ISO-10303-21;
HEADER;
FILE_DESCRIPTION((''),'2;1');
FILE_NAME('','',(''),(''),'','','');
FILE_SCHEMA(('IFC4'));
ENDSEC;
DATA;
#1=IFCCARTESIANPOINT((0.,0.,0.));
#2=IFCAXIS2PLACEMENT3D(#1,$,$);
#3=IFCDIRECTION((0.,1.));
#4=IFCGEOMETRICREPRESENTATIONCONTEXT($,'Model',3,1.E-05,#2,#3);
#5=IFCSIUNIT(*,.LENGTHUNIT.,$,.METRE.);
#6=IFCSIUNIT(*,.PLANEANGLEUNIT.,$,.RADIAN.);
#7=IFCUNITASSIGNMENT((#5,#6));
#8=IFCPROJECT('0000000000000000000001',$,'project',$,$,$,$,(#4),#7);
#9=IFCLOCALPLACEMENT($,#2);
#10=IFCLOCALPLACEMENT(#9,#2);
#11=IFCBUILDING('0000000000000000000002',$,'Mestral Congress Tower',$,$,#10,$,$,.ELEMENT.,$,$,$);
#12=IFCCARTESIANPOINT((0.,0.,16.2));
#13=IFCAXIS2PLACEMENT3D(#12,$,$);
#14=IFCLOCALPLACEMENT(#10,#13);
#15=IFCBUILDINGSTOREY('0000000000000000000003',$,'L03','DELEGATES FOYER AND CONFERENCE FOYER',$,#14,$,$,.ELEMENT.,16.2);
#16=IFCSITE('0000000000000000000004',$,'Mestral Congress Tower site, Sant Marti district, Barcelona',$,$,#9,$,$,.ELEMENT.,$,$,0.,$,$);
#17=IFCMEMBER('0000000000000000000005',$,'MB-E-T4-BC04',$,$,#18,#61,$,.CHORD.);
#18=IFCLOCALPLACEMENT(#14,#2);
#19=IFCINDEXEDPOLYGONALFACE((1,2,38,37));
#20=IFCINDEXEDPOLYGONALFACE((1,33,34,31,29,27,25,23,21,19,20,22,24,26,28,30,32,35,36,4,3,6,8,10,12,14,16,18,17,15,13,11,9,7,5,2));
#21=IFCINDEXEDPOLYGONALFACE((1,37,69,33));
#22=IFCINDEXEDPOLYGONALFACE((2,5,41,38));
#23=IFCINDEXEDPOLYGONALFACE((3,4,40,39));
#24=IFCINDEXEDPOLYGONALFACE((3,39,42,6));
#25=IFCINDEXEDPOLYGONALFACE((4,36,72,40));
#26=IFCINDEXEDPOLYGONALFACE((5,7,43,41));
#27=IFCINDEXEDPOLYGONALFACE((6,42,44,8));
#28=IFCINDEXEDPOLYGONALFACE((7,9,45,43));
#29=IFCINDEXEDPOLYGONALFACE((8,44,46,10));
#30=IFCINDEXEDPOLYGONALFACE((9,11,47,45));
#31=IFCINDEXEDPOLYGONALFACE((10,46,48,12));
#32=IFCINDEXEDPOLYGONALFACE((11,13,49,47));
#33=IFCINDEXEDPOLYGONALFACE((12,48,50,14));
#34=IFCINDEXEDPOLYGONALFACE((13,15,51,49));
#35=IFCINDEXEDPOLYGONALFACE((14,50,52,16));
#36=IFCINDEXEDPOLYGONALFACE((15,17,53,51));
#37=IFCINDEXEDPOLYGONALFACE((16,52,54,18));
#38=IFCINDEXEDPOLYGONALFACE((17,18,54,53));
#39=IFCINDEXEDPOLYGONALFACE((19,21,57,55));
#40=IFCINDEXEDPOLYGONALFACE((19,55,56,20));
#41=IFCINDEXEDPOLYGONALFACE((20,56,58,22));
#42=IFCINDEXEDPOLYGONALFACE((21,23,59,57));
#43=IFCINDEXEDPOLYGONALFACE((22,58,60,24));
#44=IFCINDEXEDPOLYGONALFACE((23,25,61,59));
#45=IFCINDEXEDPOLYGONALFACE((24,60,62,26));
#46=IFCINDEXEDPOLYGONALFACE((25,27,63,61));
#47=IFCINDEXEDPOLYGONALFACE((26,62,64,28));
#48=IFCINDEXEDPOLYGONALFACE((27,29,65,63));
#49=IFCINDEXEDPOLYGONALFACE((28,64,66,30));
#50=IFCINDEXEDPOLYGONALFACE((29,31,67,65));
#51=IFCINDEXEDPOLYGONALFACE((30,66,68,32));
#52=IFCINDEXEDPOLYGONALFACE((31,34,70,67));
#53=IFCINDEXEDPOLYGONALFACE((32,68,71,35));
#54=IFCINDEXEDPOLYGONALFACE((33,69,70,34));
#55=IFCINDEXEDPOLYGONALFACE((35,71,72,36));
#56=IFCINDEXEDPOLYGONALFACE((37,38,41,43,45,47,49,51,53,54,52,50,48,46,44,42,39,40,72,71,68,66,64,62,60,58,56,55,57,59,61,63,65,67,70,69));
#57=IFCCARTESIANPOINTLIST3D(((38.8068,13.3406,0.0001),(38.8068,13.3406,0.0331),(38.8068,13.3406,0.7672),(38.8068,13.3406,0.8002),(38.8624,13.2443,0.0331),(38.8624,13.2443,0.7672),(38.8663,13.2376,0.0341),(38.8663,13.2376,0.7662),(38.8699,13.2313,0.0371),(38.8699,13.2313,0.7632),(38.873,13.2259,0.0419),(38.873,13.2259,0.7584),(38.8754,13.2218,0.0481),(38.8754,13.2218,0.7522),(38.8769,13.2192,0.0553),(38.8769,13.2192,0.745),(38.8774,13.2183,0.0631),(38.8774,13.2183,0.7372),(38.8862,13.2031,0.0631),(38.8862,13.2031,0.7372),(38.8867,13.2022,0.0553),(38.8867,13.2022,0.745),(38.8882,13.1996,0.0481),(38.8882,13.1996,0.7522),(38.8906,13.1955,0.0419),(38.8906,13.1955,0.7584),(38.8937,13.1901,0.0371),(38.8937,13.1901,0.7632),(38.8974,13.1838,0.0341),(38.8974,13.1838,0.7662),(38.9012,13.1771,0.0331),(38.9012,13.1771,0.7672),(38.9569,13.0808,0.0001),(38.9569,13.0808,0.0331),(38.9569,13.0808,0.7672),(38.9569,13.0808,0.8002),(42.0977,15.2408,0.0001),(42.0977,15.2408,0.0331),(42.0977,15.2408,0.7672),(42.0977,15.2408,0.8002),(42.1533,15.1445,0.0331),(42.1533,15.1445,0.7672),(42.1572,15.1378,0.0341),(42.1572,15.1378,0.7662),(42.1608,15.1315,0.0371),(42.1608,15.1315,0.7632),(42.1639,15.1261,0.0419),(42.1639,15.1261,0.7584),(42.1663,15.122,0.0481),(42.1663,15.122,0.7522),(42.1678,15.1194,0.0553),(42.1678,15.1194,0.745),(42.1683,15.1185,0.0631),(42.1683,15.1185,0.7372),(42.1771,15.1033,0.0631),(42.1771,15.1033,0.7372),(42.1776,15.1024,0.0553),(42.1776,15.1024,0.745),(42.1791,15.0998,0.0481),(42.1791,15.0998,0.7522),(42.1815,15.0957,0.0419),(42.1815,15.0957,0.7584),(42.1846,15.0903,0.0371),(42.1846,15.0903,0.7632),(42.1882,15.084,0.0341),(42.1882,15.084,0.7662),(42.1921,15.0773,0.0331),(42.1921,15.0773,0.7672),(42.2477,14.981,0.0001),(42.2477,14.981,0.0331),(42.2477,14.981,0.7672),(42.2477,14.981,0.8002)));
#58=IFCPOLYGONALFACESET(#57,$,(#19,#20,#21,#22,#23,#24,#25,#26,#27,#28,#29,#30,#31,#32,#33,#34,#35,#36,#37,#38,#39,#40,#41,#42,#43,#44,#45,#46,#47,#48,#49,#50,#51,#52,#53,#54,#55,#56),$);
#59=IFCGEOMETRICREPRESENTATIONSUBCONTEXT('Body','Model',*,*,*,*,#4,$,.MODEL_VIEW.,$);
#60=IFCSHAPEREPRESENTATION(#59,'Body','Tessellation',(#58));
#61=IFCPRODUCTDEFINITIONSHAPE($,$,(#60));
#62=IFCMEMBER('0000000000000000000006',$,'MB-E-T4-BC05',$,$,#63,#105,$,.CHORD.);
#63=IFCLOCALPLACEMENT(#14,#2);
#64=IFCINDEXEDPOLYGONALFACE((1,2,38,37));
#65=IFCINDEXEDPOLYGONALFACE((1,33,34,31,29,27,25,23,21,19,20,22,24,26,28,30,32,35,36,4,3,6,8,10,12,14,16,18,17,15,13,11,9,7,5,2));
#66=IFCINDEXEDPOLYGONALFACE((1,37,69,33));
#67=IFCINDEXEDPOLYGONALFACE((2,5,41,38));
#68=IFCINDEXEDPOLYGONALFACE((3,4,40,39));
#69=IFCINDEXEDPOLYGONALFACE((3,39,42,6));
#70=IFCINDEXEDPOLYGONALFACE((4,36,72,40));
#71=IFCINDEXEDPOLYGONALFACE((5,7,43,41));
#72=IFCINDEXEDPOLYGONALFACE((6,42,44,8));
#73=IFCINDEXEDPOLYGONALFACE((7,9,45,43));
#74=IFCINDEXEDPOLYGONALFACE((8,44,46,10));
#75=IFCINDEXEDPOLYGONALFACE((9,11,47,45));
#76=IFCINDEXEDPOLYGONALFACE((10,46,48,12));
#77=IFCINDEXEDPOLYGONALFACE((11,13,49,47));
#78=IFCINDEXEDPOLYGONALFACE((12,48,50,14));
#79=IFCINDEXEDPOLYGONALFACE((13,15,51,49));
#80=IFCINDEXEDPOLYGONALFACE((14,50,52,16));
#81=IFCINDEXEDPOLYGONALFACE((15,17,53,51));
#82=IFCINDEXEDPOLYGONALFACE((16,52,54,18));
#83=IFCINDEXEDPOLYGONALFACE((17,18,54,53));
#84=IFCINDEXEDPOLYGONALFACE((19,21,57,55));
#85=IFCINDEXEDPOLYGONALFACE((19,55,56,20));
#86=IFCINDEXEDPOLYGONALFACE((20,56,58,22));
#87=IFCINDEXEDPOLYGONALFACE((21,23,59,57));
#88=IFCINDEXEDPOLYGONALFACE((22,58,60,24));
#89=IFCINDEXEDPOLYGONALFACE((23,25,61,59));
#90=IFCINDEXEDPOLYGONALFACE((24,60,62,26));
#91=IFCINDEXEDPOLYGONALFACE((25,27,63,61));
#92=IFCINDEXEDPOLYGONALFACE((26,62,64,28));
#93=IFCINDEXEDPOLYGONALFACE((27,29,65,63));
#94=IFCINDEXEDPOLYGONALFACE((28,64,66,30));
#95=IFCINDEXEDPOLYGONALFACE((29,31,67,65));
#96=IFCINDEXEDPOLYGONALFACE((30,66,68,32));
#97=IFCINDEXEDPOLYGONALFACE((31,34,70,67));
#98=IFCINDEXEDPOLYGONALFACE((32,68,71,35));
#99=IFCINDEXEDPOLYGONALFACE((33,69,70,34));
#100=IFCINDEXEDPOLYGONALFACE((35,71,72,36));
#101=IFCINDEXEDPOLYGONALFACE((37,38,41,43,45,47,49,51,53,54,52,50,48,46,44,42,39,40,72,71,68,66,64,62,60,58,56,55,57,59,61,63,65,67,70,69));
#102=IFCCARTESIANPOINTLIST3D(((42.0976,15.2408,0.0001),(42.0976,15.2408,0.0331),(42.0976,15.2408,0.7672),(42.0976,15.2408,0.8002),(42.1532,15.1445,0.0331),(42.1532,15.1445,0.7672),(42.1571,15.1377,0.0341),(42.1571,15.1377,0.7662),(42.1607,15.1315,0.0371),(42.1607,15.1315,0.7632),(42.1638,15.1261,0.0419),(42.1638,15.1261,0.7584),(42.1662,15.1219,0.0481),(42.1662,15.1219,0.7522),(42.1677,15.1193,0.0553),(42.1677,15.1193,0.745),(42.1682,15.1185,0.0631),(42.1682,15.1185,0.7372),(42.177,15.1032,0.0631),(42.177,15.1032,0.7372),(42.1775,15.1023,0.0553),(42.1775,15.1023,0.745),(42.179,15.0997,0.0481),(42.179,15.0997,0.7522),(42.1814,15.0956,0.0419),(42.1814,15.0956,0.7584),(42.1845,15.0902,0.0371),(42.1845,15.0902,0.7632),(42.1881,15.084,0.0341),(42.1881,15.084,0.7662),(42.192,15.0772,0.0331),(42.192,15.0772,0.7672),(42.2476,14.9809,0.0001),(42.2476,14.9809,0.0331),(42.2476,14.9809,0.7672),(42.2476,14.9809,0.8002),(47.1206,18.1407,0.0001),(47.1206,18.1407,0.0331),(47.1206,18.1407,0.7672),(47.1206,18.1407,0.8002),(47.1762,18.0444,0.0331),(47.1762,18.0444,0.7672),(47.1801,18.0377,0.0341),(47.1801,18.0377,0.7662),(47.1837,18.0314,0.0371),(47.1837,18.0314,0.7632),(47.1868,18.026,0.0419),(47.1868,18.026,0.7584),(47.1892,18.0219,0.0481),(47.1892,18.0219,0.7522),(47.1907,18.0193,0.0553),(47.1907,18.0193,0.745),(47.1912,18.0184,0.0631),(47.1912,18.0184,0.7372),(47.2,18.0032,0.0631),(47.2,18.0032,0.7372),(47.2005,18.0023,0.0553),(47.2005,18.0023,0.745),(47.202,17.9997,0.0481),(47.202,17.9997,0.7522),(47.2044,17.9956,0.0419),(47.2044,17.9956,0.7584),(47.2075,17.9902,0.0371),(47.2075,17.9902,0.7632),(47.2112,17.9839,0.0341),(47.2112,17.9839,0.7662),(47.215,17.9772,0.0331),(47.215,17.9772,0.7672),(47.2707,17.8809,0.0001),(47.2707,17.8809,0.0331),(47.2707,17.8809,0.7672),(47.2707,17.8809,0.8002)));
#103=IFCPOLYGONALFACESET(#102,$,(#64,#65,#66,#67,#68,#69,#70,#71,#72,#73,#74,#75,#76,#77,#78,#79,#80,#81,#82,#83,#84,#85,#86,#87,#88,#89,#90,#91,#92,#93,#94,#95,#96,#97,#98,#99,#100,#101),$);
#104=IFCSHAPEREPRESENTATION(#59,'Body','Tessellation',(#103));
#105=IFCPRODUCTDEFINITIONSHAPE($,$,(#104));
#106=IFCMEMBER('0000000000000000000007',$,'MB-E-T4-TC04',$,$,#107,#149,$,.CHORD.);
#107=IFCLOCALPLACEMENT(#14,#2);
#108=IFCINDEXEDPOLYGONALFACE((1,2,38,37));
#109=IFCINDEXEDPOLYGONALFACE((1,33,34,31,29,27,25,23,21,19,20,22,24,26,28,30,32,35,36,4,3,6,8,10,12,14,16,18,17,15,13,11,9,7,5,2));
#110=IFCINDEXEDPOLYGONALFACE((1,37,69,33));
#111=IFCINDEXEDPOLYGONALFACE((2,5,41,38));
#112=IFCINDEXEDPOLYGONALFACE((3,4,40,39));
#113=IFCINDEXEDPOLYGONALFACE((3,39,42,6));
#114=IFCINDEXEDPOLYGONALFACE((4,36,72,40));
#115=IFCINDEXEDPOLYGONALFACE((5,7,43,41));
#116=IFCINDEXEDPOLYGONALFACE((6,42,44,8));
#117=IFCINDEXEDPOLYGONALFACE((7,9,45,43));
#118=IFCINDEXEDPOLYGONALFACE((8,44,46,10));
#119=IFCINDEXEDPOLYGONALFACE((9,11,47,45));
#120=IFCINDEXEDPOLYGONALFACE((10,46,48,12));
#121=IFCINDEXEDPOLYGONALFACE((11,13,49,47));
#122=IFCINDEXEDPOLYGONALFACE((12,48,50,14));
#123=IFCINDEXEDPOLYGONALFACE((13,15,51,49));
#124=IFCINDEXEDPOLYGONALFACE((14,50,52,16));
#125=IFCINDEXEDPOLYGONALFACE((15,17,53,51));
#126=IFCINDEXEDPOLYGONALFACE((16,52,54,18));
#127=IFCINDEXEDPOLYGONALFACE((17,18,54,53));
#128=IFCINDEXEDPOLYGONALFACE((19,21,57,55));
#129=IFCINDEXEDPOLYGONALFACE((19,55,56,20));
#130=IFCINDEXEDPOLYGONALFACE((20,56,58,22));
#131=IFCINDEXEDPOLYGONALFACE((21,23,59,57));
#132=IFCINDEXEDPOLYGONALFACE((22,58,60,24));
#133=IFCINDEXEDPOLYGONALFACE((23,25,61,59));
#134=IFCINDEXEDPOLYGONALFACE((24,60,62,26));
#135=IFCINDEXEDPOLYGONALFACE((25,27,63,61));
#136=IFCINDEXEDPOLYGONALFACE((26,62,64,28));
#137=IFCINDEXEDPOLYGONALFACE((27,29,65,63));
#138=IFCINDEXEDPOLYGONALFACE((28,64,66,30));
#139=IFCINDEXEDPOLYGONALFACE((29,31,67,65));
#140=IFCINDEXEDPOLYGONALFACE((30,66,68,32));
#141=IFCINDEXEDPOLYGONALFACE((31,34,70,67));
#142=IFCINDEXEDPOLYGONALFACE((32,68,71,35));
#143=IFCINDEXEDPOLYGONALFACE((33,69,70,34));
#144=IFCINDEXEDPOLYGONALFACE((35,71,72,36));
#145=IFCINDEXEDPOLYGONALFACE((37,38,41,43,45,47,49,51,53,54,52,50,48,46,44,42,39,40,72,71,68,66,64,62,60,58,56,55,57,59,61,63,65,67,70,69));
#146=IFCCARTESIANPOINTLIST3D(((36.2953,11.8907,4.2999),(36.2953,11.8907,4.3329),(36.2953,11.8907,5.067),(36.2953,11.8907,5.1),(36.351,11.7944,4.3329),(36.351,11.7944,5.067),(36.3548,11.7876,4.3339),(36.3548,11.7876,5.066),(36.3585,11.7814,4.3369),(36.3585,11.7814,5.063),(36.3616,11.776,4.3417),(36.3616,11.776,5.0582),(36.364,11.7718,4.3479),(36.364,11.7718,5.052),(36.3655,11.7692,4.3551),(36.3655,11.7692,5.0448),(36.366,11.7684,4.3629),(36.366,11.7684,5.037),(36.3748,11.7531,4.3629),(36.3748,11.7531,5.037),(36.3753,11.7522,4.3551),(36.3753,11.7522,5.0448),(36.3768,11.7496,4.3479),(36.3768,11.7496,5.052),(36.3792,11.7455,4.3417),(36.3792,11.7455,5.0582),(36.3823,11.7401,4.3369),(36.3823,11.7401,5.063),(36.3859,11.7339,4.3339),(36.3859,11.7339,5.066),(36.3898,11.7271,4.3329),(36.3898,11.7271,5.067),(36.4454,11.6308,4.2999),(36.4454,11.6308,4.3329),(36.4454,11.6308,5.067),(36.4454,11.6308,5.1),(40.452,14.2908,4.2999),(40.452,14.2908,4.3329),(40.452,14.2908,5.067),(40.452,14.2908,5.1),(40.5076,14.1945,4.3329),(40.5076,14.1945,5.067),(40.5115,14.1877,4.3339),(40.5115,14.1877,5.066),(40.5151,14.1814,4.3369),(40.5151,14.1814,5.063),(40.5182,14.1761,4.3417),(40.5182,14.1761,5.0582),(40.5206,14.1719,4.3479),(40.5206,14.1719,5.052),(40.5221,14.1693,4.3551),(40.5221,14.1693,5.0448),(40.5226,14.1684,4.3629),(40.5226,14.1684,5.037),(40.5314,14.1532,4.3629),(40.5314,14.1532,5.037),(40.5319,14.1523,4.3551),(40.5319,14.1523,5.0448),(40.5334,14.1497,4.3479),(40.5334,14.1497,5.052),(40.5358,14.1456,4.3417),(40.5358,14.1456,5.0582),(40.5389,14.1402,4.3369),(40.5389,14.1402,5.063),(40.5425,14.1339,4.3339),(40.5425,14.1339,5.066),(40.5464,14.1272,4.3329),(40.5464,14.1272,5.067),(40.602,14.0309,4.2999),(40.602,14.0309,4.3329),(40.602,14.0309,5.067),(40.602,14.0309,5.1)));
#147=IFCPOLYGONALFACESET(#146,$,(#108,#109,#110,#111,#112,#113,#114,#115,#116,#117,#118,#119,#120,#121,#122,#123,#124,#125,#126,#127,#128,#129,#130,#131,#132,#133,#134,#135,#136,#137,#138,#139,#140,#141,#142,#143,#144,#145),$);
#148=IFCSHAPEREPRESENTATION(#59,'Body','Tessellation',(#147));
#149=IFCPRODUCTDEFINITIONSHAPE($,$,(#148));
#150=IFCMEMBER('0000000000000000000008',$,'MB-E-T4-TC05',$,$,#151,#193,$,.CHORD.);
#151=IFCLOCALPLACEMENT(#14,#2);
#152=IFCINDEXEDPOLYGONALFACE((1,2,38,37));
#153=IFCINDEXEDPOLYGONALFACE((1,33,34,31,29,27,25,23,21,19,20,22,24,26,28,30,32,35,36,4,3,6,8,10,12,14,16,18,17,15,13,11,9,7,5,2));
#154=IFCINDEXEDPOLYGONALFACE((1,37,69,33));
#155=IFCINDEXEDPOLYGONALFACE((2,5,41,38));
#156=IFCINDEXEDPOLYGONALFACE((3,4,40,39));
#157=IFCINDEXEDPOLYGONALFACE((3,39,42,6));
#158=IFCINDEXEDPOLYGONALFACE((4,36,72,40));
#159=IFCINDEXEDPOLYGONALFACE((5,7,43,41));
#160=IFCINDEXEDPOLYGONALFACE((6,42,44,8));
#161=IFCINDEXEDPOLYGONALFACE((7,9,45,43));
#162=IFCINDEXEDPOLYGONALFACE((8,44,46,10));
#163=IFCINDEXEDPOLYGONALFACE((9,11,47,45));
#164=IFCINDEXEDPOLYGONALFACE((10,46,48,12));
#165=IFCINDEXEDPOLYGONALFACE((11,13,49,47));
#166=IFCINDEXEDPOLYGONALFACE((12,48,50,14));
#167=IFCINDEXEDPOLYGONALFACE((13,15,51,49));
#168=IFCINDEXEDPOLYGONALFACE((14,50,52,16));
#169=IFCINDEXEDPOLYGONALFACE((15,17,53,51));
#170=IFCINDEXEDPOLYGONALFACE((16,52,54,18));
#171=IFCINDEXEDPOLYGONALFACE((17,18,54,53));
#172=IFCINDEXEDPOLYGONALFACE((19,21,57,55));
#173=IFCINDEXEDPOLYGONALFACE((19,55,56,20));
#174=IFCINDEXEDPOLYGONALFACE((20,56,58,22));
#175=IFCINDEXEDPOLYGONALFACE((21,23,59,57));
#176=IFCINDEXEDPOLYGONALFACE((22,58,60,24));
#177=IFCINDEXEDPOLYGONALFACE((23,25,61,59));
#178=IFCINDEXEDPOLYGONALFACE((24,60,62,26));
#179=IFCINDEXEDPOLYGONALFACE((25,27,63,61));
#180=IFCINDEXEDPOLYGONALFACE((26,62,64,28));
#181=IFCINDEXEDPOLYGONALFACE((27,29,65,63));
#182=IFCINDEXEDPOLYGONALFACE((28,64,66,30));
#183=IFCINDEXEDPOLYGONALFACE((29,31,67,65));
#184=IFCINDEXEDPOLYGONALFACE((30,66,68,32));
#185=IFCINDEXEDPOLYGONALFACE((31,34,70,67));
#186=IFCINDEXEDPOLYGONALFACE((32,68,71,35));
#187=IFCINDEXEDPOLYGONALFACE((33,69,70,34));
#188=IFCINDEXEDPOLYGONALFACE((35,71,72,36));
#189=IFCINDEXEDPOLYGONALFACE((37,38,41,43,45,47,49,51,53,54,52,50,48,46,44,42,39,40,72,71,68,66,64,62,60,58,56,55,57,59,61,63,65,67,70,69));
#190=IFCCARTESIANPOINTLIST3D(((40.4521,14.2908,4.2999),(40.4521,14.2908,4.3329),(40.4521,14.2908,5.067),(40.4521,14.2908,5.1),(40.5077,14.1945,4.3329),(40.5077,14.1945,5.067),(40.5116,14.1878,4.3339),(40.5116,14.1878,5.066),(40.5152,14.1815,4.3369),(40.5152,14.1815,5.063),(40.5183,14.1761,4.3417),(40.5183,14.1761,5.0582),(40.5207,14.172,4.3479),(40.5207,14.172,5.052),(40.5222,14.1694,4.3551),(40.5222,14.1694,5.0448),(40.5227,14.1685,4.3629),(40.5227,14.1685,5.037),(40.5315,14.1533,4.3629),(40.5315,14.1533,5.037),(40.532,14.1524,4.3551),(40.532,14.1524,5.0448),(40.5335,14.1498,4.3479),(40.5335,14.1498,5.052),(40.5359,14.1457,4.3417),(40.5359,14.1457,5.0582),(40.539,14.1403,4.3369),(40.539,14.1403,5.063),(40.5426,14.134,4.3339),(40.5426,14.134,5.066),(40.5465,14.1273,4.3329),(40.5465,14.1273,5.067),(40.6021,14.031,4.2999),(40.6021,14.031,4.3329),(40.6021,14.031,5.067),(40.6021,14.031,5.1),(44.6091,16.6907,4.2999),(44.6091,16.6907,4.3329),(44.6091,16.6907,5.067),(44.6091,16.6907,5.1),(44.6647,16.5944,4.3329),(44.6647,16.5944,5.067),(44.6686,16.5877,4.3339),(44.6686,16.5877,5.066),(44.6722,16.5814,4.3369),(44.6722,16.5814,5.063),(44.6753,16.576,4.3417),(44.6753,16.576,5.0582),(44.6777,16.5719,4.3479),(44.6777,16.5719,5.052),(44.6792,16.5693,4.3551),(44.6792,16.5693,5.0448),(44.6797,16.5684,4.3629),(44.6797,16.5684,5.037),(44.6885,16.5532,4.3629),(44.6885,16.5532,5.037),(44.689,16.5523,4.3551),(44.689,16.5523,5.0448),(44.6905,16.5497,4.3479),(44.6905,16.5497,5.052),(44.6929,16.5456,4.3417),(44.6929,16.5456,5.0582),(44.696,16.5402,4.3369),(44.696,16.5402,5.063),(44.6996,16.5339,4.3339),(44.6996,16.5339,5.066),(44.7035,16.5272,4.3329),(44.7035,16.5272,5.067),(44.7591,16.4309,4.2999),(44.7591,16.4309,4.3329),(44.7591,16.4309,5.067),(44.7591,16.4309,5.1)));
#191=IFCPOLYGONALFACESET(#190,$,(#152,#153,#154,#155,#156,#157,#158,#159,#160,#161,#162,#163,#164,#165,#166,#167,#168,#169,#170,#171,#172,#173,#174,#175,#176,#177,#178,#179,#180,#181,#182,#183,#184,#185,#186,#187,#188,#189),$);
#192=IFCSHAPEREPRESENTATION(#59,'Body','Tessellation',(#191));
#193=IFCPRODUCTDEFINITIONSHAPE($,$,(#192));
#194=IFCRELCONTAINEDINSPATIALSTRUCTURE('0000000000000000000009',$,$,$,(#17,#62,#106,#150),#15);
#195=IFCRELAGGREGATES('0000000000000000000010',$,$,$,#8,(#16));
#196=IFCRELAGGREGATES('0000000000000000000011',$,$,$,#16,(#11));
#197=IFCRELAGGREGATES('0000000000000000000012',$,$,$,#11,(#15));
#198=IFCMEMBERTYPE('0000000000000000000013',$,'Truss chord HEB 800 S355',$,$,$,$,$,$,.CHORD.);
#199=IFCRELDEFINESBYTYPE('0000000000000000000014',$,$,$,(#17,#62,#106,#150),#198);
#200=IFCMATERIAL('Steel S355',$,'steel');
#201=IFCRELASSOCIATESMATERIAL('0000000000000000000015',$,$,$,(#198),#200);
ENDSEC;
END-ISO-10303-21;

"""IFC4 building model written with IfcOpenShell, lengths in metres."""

from ifc_helpers import new_model, si_unit, direction, frame, origin, origin_2d, place, context, subcontext, project, spatial, i_section, extrude, material, material_profile, profile_set, type_object, element, save


model = new_model("IFC4")

# Units and contexts
model_context = context("Model", 3, precision=1e-05, world=origin(), true_north=direction((0.0, 1.0)))
body_context = subcontext(model_context, "Body", "Model", "MODEL_VIEW")
ifc_project = project(units=[si_unit("LENGTHUNIT", "METRE"), si_unit("PLANEANGLEUNIT", "RADIAN")], contexts=[model_context])

# Site, building, storey
site_placement = place(None, origin())
site = spatial("IfcSite", under=ifc_project, at=site_placement, Name="Mestral Congress Tower site, Sant Marti district, Barcelona", CompositionType="ELEMENT", RefElevation=0.0)
building_placement = place(site_placement, origin())
building = spatial("IfcBuilding", under=site, at=building_placement, Name="Mestral Congress Tower", CompositionType="ELEMENT")
storey_placement = place(building_placement, frame((0.0, 0.0, 16.2)))
storey = spatial("IfcBuildingStorey", under=building, at=storey_placement, Name="L03", Description="DELEGATES FOYER AND CONFERENCE FOYER", CompositionType="ELEMENT", Elevation=16.2)

# Members
ifc_material = material(Name="Steel S355", Category="steel")
ifc_material_profile_1 = material_profile(ifc_material, i_section(OverallWidth=0.3, OverallDepth=0.8, WebThickness=0.0176, FlangeThickness=0.033, FilletRadius=0.03, at=origin_2d()), Name="HEB 800")
ifc_profile_set_1 = profile_set([ifc_material_profile_1], Name="Steel S355")
member_type_1 = type_object("IfcMemberType", Name="Truss chord HEB 800 S355", PredefinedType="CHORD", material=ifc_profile_set_1)
member_1_placement = place(storey_placement, frame((38.8818, 13.2107, 0.4001), z_axis=(0.866, 0.500043, 0.0), x_axis=(-0.500043, 0.866, 0.0)))
element("IfcMember", 1, at=member_1_placement, inside=storey, type_object=member_type_1, Name="MB-E-T4-BC04", PredefinedType="CHORD", context=body_context, shape_type="SweptSolid", body=[
    extrude(i_section(OverallWidth=0.3, OverallDepth=0.8, WebThickness=0.0176, FlangeThickness=0.033, FilletRadius=0.03, at=origin_2d()), origin(), (0.0, 0.0, 1.0), 3.8),
])
member_2_placement = place(storey_placement, frame((42.1726, 15.1108, 0.4001), z_axis=(0.866033, 0.499987, 0.0), x_axis=(-0.499987, 0.866033, 0.0)))
element("IfcMember", 2, at=member_2_placement, inside=storey, type_object=member_type_1, Name="MB-E-T4-BC05", PredefinedType="CHORD", context=body_context, shape_type="SweptSolid", body=[
    extrude(i_section(OverallWidth=0.3, OverallDepth=0.8, WebThickness=0.0176, FlangeThickness=0.033, FilletRadius=0.03, at=origin_2d()), origin(), (0.0, 0.0, 1.0), 5.8),
])
member_3_placement = place(storey_placement, frame((36.3704, 11.7607, 4.7), z_axis=(0.866003, 0.500039, 0.0), x_axis=(-0.500039, 0.866003, 0.0)))
element("IfcMember", 3, at=member_3_placement, inside=storey, type_object=member_type_1, Name="MB-E-T4-TC04", PredefinedType="CHORD", context=body_context, shape_type="SweptSolid", body=[
    extrude(i_section(OverallWidth=0.3, OverallDepth=0.8, WebThickness=0.0176, FlangeThickness=0.033, FilletRadius=0.03, at=origin_2d()), origin(), (0.0, 0.0, 1.0), 4.7998),
])
for number, where, z_axis, x_axis, name in (
    (4, (40.5271, 14.1609, 4.7), (0.866037, 0.499979, 0.0), (-0.499979, 0.866037, 0.0), "MB-E-T4-TC05"),
):
    element("IfcMember", number, at=place(storey_placement, frame(where, z_axis=z_axis, x_axis=x_axis)), inside=storey, type_object=member_type_1, Name=name, PredefinedType="CHORD", context=body_context, shape_type="SweptSolid", body=[
        extrude(i_section(OverallWidth=0.3, OverallDepth=0.8, WebThickness=0.0176, FlangeThickness=0.033, FilletRadius=0.03, at=origin_2d()), origin(), (0.0, 0.0, 1.0), 4.8),
    ])

save(model, "model.ifc")
